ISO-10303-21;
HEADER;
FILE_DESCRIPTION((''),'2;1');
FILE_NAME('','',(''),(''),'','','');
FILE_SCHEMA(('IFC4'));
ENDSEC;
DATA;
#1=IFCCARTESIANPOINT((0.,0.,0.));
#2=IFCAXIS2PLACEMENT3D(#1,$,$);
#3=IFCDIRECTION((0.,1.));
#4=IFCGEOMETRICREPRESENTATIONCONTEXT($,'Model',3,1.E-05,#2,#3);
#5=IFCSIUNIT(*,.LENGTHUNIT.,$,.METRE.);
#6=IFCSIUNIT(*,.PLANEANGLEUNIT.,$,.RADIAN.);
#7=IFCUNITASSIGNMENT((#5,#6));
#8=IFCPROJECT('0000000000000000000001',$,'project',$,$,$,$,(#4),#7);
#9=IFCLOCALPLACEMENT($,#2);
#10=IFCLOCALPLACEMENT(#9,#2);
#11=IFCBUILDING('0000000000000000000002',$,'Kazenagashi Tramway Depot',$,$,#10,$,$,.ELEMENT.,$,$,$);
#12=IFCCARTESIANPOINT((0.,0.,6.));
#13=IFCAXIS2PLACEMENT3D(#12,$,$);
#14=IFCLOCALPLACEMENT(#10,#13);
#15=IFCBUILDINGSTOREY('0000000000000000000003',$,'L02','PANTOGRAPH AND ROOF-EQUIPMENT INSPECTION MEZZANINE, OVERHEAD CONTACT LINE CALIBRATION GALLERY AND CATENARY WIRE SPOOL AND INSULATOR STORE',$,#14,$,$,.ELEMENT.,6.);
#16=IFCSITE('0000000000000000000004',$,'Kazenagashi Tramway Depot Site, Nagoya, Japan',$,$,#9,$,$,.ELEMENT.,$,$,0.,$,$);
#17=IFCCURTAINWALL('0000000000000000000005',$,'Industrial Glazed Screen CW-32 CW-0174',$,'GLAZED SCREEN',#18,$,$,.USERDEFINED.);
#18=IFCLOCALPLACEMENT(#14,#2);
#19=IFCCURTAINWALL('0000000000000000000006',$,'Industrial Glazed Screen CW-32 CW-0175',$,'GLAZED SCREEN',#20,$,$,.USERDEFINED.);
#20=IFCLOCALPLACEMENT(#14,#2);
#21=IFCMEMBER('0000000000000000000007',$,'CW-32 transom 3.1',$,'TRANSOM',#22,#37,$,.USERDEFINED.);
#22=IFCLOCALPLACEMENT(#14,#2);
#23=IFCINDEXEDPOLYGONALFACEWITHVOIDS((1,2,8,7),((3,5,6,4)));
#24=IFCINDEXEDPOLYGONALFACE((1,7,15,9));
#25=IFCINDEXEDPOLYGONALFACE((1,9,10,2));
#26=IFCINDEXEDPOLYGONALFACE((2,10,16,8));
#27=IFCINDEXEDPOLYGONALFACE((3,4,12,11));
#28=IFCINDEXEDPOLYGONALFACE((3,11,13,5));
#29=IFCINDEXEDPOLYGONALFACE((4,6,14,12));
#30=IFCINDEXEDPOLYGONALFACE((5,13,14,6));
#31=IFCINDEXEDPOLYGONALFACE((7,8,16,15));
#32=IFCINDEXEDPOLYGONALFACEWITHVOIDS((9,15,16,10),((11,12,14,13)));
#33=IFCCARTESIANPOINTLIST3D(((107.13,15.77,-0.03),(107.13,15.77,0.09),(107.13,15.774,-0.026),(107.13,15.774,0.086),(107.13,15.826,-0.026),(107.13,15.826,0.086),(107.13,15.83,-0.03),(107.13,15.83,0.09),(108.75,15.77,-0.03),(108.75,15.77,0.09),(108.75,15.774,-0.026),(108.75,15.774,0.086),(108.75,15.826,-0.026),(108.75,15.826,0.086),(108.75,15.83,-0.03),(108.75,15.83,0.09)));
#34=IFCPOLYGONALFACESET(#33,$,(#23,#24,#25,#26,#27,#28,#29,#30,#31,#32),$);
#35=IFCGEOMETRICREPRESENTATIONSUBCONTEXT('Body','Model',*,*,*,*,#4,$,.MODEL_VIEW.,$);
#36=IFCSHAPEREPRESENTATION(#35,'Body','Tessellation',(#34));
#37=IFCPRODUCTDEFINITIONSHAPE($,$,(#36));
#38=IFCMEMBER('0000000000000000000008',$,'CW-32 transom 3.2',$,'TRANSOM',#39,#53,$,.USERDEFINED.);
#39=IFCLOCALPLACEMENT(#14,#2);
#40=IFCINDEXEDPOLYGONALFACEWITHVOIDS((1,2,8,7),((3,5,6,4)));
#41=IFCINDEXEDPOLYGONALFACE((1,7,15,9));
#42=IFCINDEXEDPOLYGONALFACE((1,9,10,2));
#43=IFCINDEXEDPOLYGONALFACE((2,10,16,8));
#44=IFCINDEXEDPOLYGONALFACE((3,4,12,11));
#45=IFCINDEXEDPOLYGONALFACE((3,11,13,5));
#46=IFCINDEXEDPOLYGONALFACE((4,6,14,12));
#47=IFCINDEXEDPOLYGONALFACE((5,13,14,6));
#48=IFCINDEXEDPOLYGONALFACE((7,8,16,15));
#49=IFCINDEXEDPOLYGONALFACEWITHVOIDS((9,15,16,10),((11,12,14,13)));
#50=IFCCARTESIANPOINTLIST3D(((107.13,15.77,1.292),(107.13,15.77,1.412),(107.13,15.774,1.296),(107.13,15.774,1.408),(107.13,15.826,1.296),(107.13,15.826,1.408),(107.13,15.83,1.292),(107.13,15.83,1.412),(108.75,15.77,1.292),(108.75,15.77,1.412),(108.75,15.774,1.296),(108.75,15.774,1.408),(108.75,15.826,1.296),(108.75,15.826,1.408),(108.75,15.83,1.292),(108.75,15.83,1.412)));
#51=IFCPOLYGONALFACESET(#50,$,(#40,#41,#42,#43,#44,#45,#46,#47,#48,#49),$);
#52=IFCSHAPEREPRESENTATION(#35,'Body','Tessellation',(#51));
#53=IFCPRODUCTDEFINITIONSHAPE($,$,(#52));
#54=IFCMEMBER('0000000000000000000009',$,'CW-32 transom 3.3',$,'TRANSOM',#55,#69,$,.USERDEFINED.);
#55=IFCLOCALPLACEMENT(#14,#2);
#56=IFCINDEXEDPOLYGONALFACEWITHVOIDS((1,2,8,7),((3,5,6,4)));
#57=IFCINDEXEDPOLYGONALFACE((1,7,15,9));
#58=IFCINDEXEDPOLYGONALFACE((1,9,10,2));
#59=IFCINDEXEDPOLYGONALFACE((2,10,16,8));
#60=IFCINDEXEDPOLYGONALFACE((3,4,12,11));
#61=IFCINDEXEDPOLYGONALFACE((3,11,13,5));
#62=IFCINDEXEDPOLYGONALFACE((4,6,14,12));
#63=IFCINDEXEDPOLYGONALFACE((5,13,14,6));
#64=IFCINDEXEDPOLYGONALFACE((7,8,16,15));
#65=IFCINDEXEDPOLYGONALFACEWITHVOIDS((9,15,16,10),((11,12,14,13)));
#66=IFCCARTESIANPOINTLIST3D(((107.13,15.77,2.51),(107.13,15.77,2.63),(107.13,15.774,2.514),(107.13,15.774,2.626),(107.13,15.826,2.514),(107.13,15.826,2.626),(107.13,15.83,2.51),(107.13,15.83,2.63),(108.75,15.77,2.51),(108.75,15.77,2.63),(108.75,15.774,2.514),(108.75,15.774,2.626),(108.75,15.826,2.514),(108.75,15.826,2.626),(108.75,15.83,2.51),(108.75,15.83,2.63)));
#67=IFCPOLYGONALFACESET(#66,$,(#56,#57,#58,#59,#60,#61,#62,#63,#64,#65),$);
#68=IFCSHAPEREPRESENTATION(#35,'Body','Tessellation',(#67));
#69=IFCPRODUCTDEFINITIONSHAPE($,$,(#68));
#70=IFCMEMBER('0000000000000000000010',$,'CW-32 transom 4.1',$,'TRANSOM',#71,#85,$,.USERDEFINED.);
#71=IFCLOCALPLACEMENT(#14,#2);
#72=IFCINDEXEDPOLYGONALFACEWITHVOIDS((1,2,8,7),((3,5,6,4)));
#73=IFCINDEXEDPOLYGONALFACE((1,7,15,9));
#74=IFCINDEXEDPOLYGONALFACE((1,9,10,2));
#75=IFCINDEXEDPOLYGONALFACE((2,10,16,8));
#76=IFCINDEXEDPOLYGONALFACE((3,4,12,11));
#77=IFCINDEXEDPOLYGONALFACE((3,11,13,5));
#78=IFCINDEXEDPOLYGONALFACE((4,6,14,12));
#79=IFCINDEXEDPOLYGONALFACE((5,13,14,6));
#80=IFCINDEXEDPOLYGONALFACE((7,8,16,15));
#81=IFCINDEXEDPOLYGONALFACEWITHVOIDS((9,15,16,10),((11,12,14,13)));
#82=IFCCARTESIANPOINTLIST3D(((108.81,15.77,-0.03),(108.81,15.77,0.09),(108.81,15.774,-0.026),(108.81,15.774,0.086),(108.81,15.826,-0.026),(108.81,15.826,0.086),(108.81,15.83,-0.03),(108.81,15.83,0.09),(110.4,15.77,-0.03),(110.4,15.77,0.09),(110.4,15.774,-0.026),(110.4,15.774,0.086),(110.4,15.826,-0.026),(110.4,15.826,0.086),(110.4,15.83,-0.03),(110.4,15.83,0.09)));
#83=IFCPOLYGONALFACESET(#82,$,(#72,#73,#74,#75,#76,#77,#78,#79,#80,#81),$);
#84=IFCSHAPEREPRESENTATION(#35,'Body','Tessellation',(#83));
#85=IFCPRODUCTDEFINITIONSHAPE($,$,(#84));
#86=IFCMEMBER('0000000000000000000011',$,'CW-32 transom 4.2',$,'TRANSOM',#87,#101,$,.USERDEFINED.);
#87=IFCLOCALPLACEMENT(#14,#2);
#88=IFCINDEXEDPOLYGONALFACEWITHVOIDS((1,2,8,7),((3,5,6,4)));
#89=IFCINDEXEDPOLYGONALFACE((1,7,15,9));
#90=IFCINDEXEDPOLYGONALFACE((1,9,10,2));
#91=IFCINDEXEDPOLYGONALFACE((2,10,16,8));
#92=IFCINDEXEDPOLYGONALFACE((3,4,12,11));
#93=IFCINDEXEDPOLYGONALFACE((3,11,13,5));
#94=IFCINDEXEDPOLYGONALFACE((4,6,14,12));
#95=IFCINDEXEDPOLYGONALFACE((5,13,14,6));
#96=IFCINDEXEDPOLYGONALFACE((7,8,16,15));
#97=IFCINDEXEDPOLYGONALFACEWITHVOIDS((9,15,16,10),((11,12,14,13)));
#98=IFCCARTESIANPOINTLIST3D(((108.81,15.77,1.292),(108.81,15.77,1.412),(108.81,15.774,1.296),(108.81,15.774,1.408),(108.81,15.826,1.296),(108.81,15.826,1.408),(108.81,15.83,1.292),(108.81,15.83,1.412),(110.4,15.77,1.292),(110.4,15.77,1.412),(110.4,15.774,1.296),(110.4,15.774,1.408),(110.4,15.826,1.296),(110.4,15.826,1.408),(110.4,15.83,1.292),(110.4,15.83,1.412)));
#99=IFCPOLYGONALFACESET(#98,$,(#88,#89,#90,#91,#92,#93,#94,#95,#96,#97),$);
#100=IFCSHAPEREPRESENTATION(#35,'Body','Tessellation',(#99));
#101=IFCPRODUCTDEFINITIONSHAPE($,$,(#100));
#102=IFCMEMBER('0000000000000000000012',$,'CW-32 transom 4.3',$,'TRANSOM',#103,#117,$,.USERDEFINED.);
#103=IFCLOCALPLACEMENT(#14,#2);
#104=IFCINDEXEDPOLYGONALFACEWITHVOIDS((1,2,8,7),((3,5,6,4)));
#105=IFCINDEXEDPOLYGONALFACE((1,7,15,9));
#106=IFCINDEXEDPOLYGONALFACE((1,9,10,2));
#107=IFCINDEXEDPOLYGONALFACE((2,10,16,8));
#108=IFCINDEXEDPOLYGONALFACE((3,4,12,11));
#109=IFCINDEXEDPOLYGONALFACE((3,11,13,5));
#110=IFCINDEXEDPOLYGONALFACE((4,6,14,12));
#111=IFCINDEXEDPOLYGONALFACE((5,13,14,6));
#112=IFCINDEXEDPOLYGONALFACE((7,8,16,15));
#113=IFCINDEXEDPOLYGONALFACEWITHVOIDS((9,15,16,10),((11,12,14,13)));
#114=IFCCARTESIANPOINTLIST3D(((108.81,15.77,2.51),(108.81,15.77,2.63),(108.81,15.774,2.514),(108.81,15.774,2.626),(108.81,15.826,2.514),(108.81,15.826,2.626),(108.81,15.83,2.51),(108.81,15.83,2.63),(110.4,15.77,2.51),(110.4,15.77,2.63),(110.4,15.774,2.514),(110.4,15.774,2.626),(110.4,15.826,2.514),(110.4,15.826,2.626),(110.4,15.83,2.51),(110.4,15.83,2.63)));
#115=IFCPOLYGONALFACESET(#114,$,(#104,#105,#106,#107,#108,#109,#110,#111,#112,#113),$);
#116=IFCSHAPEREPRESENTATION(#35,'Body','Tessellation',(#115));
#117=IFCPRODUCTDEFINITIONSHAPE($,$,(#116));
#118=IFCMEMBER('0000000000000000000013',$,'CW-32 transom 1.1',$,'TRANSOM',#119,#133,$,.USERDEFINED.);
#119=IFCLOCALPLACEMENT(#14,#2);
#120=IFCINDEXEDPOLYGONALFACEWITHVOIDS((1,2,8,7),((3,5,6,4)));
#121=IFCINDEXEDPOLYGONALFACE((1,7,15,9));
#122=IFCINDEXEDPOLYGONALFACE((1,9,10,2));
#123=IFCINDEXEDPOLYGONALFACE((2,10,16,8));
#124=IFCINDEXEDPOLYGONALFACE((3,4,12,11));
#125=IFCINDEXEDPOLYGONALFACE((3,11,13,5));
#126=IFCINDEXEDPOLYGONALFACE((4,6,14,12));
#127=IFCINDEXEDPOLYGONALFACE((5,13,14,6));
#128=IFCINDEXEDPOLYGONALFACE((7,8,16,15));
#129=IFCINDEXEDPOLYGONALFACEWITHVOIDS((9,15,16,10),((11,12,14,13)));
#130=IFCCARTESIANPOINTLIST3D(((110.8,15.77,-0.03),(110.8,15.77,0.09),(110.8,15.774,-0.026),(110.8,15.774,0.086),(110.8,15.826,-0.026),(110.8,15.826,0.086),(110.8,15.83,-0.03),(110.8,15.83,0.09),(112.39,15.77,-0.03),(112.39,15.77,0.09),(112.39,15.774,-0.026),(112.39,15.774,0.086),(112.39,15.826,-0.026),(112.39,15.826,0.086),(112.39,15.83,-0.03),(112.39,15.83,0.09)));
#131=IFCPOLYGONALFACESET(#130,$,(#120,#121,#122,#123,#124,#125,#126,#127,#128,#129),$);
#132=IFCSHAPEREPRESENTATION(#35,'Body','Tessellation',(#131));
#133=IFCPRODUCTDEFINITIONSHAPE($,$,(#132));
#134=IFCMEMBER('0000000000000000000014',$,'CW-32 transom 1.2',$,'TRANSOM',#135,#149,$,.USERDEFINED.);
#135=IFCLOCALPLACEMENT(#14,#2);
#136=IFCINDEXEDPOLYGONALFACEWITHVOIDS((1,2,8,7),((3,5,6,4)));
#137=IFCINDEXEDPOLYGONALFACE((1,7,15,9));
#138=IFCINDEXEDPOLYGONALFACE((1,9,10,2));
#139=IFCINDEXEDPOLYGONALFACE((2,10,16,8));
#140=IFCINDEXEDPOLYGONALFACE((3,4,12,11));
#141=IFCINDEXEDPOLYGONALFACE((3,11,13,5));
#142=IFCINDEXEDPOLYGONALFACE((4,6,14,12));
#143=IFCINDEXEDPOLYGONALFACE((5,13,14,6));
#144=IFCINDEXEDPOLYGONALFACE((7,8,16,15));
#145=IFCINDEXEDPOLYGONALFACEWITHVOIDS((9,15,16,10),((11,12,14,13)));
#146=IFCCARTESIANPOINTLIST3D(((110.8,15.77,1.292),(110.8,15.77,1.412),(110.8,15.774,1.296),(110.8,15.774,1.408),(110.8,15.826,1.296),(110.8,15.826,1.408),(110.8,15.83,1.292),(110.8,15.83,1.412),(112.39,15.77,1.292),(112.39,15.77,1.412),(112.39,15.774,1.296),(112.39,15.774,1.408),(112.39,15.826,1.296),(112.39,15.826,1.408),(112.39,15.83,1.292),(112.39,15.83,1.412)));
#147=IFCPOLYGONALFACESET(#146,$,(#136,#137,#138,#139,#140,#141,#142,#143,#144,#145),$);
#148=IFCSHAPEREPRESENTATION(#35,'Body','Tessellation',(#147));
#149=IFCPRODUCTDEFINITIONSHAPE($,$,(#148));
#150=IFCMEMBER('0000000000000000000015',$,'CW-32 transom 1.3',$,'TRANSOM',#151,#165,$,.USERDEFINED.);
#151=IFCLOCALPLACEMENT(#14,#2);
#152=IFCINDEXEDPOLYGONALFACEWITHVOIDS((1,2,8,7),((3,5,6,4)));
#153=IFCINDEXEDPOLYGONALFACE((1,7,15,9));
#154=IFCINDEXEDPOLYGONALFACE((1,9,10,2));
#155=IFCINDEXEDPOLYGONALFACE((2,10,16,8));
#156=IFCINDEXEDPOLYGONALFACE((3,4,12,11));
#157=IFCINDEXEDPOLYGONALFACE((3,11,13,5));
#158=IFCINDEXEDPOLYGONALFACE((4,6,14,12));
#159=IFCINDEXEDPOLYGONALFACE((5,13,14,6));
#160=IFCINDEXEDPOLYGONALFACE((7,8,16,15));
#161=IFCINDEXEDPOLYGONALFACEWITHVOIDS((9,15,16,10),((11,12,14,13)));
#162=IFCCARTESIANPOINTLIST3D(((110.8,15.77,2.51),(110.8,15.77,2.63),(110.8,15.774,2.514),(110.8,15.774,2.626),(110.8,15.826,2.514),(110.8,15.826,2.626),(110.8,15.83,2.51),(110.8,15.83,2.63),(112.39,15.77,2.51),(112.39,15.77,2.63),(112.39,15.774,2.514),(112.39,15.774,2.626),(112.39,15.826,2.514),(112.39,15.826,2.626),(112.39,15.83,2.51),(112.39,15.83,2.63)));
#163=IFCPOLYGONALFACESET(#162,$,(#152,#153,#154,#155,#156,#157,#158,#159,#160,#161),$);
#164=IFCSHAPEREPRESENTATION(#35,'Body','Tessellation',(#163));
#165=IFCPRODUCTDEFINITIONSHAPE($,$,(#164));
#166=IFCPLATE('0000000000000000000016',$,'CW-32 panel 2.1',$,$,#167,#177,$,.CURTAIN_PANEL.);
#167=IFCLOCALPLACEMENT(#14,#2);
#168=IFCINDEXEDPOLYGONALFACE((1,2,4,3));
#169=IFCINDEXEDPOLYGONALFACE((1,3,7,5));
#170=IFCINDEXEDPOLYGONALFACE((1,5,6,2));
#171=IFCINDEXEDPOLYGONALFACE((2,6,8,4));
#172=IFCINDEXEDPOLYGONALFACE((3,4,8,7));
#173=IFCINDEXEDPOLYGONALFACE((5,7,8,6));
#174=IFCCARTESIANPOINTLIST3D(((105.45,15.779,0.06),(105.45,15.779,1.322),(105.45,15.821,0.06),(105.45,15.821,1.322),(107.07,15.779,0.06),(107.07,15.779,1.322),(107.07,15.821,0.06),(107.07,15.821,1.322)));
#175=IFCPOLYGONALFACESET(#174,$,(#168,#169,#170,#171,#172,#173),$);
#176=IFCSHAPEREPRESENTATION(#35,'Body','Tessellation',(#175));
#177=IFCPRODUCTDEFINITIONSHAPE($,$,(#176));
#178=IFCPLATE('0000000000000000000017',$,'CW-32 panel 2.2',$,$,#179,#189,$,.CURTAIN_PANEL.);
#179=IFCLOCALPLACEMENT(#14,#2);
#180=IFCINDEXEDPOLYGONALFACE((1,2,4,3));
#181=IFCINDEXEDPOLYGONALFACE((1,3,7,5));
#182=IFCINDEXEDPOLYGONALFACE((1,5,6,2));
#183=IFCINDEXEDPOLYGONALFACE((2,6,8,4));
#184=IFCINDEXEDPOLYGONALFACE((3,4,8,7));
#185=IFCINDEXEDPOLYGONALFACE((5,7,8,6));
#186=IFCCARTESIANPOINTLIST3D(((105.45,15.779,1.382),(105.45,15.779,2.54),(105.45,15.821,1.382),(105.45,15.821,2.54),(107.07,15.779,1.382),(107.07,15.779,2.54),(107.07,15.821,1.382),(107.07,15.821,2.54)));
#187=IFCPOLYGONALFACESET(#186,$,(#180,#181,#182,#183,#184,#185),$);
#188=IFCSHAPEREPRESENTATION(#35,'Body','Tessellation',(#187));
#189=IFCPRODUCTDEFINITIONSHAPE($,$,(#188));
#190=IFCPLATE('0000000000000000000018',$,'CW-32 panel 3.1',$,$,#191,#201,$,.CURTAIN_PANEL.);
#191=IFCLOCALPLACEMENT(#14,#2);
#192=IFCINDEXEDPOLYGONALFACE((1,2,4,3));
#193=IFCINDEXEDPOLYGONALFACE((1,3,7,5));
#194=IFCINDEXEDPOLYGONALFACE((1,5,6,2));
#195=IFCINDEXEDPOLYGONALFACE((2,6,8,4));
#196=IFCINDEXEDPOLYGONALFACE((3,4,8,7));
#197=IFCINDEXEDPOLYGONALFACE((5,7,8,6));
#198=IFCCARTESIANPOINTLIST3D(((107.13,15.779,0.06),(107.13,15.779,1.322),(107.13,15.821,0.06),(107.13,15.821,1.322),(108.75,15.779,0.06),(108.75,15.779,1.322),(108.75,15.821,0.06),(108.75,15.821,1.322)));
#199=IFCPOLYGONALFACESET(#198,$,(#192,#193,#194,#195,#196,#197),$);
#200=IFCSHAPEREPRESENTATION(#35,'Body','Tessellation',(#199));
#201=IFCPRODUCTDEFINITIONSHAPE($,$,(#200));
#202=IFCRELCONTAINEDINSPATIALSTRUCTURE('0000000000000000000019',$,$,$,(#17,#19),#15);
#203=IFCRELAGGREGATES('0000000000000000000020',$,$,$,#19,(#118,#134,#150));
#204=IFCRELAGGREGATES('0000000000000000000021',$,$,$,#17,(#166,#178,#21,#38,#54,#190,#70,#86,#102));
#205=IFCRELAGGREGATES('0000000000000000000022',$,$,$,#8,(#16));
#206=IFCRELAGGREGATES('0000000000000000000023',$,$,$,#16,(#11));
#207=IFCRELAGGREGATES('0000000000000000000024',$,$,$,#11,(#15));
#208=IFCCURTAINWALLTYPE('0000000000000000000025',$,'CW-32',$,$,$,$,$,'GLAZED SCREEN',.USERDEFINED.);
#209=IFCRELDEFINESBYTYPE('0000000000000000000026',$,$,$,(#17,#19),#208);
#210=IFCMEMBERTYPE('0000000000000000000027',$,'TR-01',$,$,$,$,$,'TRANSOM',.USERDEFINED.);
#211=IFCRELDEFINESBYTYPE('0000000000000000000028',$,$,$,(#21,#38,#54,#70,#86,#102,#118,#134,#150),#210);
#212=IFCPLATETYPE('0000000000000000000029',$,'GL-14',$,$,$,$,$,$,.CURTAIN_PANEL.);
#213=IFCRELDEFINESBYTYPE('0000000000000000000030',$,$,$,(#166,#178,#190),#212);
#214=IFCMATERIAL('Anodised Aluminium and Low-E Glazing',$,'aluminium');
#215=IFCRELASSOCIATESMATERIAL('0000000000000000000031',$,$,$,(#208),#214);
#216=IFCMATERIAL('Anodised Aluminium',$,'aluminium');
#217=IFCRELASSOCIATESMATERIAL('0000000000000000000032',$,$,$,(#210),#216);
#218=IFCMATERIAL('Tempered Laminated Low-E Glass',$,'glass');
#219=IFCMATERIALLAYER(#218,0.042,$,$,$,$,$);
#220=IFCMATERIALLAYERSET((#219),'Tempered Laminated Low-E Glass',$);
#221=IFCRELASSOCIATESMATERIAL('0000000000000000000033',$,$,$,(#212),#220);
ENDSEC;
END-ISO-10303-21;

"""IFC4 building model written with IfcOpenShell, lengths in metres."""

from ifc_helpers import new_model, si_unit, direction, frame, origin, origin_2d, place, context, subcontext, project, spatial, rectangle, hollow_rectangle, extrude, material, layer, layer_set, material_profile, profile_set, type_object, element, aggregate, save


model = new_model("IFC4")

# Units and contexts
model_context = context("Model", 3, precision=1e-05, world=origin(), true_north=direction((0.0, 1.0)))
body_context = subcontext(model_context, "Body", "Model", "MODEL_VIEW")
ifc_project = project(units=[si_unit("LENGTHUNIT", "METRE"), si_unit("PLANEANGLEUNIT", "RADIAN")], contexts=[model_context])

# Site, building, storey
site_placement = place(None, origin())
site = spatial("IfcSite", under=ifc_project, at=site_placement, Name="Kazenagashi Tramway Depot Site, Nagoya, Japan", CompositionType="ELEMENT", RefElevation=0.0)
building_placement = place(site_placement, origin())
building = spatial("IfcBuilding", under=site, at=building_placement, Name="Kazenagashi Tramway Depot", CompositionType="ELEMENT")
storey_placement = place(building_placement, frame((0.0, 0.0, 6.0)))
storey = spatial("IfcBuildingStorey", under=building, at=storey_placement, Name="L02", Description="PANTOGRAPH AND ROOF-EQUIPMENT INSPECTION MEZZANINE, OVERHEAD CONTACT LINE CALIBRATION GALLERY AND CATENARY WIRE SPOOL AND INSULATOR STORE", CompositionType="ELEMENT", Elevation=6.0)

# Curtain wall
ifc_material_1 = material(Name="Anodised Aluminium and Low-E Glazing", Category="aluminium")
curtain_wall_type = type_object("IfcCurtainWallType", Name="CW-32", ElementType="GLAZED SCREEN", PredefinedType="USERDEFINED", material=ifc_material_1)
curtain_wall_1_placement = place(storey_placement, origin())
curtain_wall_1 = element("IfcCurtainWall", 1, at=curtain_wall_1_placement, inside=storey, type_object=curtain_wall_type, Name="Industrial Glazed Screen CW-32 CW-0174", ObjectType="GLAZED SCREEN", PredefinedType="USERDEFINED")
ifc_material_2 = material(Name="Anodised Aluminium", Category="aluminium")

# Curtain wall
curtain_wall_2_placement = place(storey_placement, origin())
curtain_wall_2 = element("IfcCurtainWall", 2, at=curtain_wall_2_placement, inside=storey, type_object=curtain_wall_type, Name="Industrial Glazed Screen CW-32 CW-0175", ObjectType="GLAZED SCREEN", PredefinedType="USERDEFINED")

# Members
ifc_material_profile_1 = material_profile(ifc_material_2, hollow_rectangle(XDim=0.06, YDim=0.12, WallThickness=0.004, at=origin_2d()), Name="RHS-120x60x4")
ifc_profile_set_1 = profile_set([ifc_material_profile_1], Name="Anodised Aluminium")
member_type_1 = type_object("IfcMemberType", Name="TR-01", ElementType="TRANSOM", PredefinedType="USERDEFINED", material=ifc_profile_set_1)
member_1_placement = place(storey_placement, frame((107.13, 15.8, 0.03), z_axis=(1.0, 0.0, 0.0), x_axis=(0.0, 1.0, 0.0)))
member_1 = element("IfcMember", 3, at=member_1_placement, type_object=member_type_1, Name="CW-32 transom 3.1", ObjectType="TRANSOM", PredefinedType="USERDEFINED", context=body_context, shape_type="SweptSolid", body=[
    extrude(hollow_rectangle(XDim=0.06, YDim=0.12, WallThickness=0.004, at=origin_2d()), origin(), (0.0, 0.0, 1.0), 1.62),
])
member_2_placement = place(storey_placement, frame((107.13, 15.8, 1.352), z_axis=(1.0, 0.0, 0.0), x_axis=(0.0, 1.0, 0.0)))
member_2 = element("IfcMember", 4, at=member_2_placement, type_object=member_type_1, Name="CW-32 transom 3.2", ObjectType="TRANSOM", PredefinedType="USERDEFINED", context=body_context, shape_type="SweptSolid", body=[
    extrude(hollow_rectangle(XDim=0.06, YDim=0.12, WallThickness=0.004, at=origin_2d()), origin(), (0.0, 0.0, 1.0), 1.62),
])
member_3_placement = place(storey_placement, frame((107.13, 15.8, 2.57), z_axis=(1.0, 0.0, 0.0), x_axis=(0.0, 1.0, 0.0)))
member_3 = element("IfcMember", 5, at=member_3_placement, type_object=member_type_1, Name="CW-32 transom 3.3", ObjectType="TRANSOM", PredefinedType="USERDEFINED", context=body_context, shape_type="SweptSolid", body=[
    extrude(hollow_rectangle(XDim=0.06, YDim=0.12, WallThickness=0.004, at=origin_2d()), origin(), (0.0, 0.0, 1.0), 1.62),
])
member_4_placement = place(storey_placement, frame((108.81, 15.8, 0.03), z_axis=(1.0, 0.0, 0.0), x_axis=(0.0, 1.0, 0.0)))
member_4 = element("IfcMember", 6, at=member_4_placement, type_object=member_type_1, Name="CW-32 transom 4.1", ObjectType="TRANSOM", PredefinedType="USERDEFINED", context=body_context, shape_type="SweptSolid", body=[
    extrude(hollow_rectangle(XDim=0.06, YDim=0.12, WallThickness=0.004, at=origin_2d()), origin(), (0.0, 0.0, 1.0), 1.59),
])
member_5_placement = place(storey_placement, frame((108.81, 15.8, 1.352), z_axis=(1.0, 0.0, 0.0), x_axis=(0.0, 1.0, 0.0)))
member_5 = element("IfcMember", 7, at=member_5_placement, type_object=member_type_1, Name="CW-32 transom 4.2", ObjectType="TRANSOM", PredefinedType="USERDEFINED", context=body_context, shape_type="SweptSolid", body=[
    extrude(hollow_rectangle(XDim=0.06, YDim=0.12, WallThickness=0.004, at=origin_2d()), origin(), (0.0, 0.0, 1.0), 1.59),
])
member_6_placement = place(storey_placement, frame((108.81, 15.8, 2.57), z_axis=(1.0, 0.0, 0.0), x_axis=(0.0, 1.0, 0.0)))
member_6 = element("IfcMember", 8, at=member_6_placement, type_object=member_type_1, Name="CW-32 transom 4.3", ObjectType="TRANSOM", PredefinedType="USERDEFINED", context=body_context, shape_type="SweptSolid", body=[
    extrude(hollow_rectangle(XDim=0.06, YDim=0.12, WallThickness=0.004, at=origin_2d()), origin(), (0.0, 0.0, 1.0), 1.59),
])
member_7_placement = place(storey_placement, frame((110.8, 15.8, 0.03), z_axis=(1.0, 0.0, 0.0), x_axis=(0.0, 1.0, 0.0)))
member_7 = element("IfcMember", 9, at=member_7_placement, type_object=member_type_1, Name="CW-32 transom 1.1", ObjectType="TRANSOM", PredefinedType="USERDEFINED", context=body_context, shape_type="SweptSolid", body=[
    extrude(hollow_rectangle(XDim=0.06, YDim=0.12, WallThickness=0.004, at=origin_2d()), origin(), (0.0, 0.0, 1.0), 1.59),
])
member_8_placement = place(storey_placement, frame((110.8, 15.8, 1.352), z_axis=(1.0, 0.0, 0.0), x_axis=(0.0, 1.0, 0.0)))
member_8 = element("IfcMember", 10, at=member_8_placement, type_object=member_type_1, Name="CW-32 transom 1.2", ObjectType="TRANSOM", PredefinedType="USERDEFINED", context=body_context, shape_type="SweptSolid", body=[
    extrude(hollow_rectangle(XDim=0.06, YDim=0.12, WallThickness=0.004, at=origin_2d()), origin(), (0.0, 0.0, 1.0), 1.59),
])
member_9_placement = place(storey_placement, frame((110.8, 15.8, 2.57), z_axis=(1.0, 0.0, 0.0), x_axis=(0.0, 1.0, 0.0)))
member_9 = element("IfcMember", 11, at=member_9_placement, type_object=member_type_1, Name="CW-32 transom 1.3", ObjectType="TRANSOM", PredefinedType="USERDEFINED", context=body_context, shape_type="SweptSolid", body=[
    extrude(hollow_rectangle(XDim=0.06, YDim=0.12, WallThickness=0.004, at=origin_2d()), origin(), (0.0, 0.0, 1.0), 1.59),
])
aggregate(curtain_wall_2, [member_7, member_8, member_9])

# Plates
ifc_material_3 = material(Name="Tempered Laminated Low-E Glass", Category="glass")
ifc_layer_1 = layer(ifc_material_3, 0.042)
ifc_layer_set_1 = layer_set([ifc_layer_1], Name="Tempered Laminated Low-E Glass")
plate_type = type_object("IfcPlateType", Name="GL-14", PredefinedType="CURTAIN_PANEL", material=ifc_layer_set_1)
plate_1_placement = place(storey_placement, frame((106.26, 15.8, 0.06), z_axis=(0.0, 0.0, 1.0), x_axis=(1.0, 0.0, 0.0)))
plate_1 = element("IfcPlate", 12, at=plate_1_placement, type_object=plate_type, Name="CW-32 panel 2.1", PredefinedType="CURTAIN_PANEL", context=body_context, shape_type="SweptSolid", body=[
    extrude(rectangle(XDim=1.62, YDim=0.042, at=origin_2d()), origin(), (0.0, 0.0, 1.0), 1.262),
])
plate_2_placement = place(storey_placement, frame((106.26, 15.8, 1.382), z_axis=(0.0, 0.0, 1.0), x_axis=(1.0, 0.0, 0.0)))
plate_2 = element("IfcPlate", 13, at=plate_2_placement, type_object=plate_type, Name="CW-32 panel 2.2", PredefinedType="CURTAIN_PANEL", context=body_context, shape_type="SweptSolid", body=[
    extrude(rectangle(XDim=1.62, YDim=0.042, at=origin_2d()), origin(), (0.0, 0.0, 1.0), 1.158),
])
plate_3_placement = place(storey_placement, frame((107.94, 15.8, 0.06), z_axis=(0.0, 0.0, 1.0), x_axis=(1.0, 0.0, 0.0)))
plate_3 = element("IfcPlate", 14, at=plate_3_placement, type_object=plate_type, Name="CW-32 panel 3.1", PredefinedType="CURTAIN_PANEL", context=body_context, shape_type="SweptSolid", body=[
    extrude(rectangle(XDim=1.62, YDim=0.042, at=origin_2d()), origin(), (0.0, 0.0, 1.0), 1.262),
])
aggregate(curtain_wall_1, [plate_1, plate_2, member_1, member_2, member_3, plate_3, member_4, member_5, member_6])

save(model, "model.ifc")
